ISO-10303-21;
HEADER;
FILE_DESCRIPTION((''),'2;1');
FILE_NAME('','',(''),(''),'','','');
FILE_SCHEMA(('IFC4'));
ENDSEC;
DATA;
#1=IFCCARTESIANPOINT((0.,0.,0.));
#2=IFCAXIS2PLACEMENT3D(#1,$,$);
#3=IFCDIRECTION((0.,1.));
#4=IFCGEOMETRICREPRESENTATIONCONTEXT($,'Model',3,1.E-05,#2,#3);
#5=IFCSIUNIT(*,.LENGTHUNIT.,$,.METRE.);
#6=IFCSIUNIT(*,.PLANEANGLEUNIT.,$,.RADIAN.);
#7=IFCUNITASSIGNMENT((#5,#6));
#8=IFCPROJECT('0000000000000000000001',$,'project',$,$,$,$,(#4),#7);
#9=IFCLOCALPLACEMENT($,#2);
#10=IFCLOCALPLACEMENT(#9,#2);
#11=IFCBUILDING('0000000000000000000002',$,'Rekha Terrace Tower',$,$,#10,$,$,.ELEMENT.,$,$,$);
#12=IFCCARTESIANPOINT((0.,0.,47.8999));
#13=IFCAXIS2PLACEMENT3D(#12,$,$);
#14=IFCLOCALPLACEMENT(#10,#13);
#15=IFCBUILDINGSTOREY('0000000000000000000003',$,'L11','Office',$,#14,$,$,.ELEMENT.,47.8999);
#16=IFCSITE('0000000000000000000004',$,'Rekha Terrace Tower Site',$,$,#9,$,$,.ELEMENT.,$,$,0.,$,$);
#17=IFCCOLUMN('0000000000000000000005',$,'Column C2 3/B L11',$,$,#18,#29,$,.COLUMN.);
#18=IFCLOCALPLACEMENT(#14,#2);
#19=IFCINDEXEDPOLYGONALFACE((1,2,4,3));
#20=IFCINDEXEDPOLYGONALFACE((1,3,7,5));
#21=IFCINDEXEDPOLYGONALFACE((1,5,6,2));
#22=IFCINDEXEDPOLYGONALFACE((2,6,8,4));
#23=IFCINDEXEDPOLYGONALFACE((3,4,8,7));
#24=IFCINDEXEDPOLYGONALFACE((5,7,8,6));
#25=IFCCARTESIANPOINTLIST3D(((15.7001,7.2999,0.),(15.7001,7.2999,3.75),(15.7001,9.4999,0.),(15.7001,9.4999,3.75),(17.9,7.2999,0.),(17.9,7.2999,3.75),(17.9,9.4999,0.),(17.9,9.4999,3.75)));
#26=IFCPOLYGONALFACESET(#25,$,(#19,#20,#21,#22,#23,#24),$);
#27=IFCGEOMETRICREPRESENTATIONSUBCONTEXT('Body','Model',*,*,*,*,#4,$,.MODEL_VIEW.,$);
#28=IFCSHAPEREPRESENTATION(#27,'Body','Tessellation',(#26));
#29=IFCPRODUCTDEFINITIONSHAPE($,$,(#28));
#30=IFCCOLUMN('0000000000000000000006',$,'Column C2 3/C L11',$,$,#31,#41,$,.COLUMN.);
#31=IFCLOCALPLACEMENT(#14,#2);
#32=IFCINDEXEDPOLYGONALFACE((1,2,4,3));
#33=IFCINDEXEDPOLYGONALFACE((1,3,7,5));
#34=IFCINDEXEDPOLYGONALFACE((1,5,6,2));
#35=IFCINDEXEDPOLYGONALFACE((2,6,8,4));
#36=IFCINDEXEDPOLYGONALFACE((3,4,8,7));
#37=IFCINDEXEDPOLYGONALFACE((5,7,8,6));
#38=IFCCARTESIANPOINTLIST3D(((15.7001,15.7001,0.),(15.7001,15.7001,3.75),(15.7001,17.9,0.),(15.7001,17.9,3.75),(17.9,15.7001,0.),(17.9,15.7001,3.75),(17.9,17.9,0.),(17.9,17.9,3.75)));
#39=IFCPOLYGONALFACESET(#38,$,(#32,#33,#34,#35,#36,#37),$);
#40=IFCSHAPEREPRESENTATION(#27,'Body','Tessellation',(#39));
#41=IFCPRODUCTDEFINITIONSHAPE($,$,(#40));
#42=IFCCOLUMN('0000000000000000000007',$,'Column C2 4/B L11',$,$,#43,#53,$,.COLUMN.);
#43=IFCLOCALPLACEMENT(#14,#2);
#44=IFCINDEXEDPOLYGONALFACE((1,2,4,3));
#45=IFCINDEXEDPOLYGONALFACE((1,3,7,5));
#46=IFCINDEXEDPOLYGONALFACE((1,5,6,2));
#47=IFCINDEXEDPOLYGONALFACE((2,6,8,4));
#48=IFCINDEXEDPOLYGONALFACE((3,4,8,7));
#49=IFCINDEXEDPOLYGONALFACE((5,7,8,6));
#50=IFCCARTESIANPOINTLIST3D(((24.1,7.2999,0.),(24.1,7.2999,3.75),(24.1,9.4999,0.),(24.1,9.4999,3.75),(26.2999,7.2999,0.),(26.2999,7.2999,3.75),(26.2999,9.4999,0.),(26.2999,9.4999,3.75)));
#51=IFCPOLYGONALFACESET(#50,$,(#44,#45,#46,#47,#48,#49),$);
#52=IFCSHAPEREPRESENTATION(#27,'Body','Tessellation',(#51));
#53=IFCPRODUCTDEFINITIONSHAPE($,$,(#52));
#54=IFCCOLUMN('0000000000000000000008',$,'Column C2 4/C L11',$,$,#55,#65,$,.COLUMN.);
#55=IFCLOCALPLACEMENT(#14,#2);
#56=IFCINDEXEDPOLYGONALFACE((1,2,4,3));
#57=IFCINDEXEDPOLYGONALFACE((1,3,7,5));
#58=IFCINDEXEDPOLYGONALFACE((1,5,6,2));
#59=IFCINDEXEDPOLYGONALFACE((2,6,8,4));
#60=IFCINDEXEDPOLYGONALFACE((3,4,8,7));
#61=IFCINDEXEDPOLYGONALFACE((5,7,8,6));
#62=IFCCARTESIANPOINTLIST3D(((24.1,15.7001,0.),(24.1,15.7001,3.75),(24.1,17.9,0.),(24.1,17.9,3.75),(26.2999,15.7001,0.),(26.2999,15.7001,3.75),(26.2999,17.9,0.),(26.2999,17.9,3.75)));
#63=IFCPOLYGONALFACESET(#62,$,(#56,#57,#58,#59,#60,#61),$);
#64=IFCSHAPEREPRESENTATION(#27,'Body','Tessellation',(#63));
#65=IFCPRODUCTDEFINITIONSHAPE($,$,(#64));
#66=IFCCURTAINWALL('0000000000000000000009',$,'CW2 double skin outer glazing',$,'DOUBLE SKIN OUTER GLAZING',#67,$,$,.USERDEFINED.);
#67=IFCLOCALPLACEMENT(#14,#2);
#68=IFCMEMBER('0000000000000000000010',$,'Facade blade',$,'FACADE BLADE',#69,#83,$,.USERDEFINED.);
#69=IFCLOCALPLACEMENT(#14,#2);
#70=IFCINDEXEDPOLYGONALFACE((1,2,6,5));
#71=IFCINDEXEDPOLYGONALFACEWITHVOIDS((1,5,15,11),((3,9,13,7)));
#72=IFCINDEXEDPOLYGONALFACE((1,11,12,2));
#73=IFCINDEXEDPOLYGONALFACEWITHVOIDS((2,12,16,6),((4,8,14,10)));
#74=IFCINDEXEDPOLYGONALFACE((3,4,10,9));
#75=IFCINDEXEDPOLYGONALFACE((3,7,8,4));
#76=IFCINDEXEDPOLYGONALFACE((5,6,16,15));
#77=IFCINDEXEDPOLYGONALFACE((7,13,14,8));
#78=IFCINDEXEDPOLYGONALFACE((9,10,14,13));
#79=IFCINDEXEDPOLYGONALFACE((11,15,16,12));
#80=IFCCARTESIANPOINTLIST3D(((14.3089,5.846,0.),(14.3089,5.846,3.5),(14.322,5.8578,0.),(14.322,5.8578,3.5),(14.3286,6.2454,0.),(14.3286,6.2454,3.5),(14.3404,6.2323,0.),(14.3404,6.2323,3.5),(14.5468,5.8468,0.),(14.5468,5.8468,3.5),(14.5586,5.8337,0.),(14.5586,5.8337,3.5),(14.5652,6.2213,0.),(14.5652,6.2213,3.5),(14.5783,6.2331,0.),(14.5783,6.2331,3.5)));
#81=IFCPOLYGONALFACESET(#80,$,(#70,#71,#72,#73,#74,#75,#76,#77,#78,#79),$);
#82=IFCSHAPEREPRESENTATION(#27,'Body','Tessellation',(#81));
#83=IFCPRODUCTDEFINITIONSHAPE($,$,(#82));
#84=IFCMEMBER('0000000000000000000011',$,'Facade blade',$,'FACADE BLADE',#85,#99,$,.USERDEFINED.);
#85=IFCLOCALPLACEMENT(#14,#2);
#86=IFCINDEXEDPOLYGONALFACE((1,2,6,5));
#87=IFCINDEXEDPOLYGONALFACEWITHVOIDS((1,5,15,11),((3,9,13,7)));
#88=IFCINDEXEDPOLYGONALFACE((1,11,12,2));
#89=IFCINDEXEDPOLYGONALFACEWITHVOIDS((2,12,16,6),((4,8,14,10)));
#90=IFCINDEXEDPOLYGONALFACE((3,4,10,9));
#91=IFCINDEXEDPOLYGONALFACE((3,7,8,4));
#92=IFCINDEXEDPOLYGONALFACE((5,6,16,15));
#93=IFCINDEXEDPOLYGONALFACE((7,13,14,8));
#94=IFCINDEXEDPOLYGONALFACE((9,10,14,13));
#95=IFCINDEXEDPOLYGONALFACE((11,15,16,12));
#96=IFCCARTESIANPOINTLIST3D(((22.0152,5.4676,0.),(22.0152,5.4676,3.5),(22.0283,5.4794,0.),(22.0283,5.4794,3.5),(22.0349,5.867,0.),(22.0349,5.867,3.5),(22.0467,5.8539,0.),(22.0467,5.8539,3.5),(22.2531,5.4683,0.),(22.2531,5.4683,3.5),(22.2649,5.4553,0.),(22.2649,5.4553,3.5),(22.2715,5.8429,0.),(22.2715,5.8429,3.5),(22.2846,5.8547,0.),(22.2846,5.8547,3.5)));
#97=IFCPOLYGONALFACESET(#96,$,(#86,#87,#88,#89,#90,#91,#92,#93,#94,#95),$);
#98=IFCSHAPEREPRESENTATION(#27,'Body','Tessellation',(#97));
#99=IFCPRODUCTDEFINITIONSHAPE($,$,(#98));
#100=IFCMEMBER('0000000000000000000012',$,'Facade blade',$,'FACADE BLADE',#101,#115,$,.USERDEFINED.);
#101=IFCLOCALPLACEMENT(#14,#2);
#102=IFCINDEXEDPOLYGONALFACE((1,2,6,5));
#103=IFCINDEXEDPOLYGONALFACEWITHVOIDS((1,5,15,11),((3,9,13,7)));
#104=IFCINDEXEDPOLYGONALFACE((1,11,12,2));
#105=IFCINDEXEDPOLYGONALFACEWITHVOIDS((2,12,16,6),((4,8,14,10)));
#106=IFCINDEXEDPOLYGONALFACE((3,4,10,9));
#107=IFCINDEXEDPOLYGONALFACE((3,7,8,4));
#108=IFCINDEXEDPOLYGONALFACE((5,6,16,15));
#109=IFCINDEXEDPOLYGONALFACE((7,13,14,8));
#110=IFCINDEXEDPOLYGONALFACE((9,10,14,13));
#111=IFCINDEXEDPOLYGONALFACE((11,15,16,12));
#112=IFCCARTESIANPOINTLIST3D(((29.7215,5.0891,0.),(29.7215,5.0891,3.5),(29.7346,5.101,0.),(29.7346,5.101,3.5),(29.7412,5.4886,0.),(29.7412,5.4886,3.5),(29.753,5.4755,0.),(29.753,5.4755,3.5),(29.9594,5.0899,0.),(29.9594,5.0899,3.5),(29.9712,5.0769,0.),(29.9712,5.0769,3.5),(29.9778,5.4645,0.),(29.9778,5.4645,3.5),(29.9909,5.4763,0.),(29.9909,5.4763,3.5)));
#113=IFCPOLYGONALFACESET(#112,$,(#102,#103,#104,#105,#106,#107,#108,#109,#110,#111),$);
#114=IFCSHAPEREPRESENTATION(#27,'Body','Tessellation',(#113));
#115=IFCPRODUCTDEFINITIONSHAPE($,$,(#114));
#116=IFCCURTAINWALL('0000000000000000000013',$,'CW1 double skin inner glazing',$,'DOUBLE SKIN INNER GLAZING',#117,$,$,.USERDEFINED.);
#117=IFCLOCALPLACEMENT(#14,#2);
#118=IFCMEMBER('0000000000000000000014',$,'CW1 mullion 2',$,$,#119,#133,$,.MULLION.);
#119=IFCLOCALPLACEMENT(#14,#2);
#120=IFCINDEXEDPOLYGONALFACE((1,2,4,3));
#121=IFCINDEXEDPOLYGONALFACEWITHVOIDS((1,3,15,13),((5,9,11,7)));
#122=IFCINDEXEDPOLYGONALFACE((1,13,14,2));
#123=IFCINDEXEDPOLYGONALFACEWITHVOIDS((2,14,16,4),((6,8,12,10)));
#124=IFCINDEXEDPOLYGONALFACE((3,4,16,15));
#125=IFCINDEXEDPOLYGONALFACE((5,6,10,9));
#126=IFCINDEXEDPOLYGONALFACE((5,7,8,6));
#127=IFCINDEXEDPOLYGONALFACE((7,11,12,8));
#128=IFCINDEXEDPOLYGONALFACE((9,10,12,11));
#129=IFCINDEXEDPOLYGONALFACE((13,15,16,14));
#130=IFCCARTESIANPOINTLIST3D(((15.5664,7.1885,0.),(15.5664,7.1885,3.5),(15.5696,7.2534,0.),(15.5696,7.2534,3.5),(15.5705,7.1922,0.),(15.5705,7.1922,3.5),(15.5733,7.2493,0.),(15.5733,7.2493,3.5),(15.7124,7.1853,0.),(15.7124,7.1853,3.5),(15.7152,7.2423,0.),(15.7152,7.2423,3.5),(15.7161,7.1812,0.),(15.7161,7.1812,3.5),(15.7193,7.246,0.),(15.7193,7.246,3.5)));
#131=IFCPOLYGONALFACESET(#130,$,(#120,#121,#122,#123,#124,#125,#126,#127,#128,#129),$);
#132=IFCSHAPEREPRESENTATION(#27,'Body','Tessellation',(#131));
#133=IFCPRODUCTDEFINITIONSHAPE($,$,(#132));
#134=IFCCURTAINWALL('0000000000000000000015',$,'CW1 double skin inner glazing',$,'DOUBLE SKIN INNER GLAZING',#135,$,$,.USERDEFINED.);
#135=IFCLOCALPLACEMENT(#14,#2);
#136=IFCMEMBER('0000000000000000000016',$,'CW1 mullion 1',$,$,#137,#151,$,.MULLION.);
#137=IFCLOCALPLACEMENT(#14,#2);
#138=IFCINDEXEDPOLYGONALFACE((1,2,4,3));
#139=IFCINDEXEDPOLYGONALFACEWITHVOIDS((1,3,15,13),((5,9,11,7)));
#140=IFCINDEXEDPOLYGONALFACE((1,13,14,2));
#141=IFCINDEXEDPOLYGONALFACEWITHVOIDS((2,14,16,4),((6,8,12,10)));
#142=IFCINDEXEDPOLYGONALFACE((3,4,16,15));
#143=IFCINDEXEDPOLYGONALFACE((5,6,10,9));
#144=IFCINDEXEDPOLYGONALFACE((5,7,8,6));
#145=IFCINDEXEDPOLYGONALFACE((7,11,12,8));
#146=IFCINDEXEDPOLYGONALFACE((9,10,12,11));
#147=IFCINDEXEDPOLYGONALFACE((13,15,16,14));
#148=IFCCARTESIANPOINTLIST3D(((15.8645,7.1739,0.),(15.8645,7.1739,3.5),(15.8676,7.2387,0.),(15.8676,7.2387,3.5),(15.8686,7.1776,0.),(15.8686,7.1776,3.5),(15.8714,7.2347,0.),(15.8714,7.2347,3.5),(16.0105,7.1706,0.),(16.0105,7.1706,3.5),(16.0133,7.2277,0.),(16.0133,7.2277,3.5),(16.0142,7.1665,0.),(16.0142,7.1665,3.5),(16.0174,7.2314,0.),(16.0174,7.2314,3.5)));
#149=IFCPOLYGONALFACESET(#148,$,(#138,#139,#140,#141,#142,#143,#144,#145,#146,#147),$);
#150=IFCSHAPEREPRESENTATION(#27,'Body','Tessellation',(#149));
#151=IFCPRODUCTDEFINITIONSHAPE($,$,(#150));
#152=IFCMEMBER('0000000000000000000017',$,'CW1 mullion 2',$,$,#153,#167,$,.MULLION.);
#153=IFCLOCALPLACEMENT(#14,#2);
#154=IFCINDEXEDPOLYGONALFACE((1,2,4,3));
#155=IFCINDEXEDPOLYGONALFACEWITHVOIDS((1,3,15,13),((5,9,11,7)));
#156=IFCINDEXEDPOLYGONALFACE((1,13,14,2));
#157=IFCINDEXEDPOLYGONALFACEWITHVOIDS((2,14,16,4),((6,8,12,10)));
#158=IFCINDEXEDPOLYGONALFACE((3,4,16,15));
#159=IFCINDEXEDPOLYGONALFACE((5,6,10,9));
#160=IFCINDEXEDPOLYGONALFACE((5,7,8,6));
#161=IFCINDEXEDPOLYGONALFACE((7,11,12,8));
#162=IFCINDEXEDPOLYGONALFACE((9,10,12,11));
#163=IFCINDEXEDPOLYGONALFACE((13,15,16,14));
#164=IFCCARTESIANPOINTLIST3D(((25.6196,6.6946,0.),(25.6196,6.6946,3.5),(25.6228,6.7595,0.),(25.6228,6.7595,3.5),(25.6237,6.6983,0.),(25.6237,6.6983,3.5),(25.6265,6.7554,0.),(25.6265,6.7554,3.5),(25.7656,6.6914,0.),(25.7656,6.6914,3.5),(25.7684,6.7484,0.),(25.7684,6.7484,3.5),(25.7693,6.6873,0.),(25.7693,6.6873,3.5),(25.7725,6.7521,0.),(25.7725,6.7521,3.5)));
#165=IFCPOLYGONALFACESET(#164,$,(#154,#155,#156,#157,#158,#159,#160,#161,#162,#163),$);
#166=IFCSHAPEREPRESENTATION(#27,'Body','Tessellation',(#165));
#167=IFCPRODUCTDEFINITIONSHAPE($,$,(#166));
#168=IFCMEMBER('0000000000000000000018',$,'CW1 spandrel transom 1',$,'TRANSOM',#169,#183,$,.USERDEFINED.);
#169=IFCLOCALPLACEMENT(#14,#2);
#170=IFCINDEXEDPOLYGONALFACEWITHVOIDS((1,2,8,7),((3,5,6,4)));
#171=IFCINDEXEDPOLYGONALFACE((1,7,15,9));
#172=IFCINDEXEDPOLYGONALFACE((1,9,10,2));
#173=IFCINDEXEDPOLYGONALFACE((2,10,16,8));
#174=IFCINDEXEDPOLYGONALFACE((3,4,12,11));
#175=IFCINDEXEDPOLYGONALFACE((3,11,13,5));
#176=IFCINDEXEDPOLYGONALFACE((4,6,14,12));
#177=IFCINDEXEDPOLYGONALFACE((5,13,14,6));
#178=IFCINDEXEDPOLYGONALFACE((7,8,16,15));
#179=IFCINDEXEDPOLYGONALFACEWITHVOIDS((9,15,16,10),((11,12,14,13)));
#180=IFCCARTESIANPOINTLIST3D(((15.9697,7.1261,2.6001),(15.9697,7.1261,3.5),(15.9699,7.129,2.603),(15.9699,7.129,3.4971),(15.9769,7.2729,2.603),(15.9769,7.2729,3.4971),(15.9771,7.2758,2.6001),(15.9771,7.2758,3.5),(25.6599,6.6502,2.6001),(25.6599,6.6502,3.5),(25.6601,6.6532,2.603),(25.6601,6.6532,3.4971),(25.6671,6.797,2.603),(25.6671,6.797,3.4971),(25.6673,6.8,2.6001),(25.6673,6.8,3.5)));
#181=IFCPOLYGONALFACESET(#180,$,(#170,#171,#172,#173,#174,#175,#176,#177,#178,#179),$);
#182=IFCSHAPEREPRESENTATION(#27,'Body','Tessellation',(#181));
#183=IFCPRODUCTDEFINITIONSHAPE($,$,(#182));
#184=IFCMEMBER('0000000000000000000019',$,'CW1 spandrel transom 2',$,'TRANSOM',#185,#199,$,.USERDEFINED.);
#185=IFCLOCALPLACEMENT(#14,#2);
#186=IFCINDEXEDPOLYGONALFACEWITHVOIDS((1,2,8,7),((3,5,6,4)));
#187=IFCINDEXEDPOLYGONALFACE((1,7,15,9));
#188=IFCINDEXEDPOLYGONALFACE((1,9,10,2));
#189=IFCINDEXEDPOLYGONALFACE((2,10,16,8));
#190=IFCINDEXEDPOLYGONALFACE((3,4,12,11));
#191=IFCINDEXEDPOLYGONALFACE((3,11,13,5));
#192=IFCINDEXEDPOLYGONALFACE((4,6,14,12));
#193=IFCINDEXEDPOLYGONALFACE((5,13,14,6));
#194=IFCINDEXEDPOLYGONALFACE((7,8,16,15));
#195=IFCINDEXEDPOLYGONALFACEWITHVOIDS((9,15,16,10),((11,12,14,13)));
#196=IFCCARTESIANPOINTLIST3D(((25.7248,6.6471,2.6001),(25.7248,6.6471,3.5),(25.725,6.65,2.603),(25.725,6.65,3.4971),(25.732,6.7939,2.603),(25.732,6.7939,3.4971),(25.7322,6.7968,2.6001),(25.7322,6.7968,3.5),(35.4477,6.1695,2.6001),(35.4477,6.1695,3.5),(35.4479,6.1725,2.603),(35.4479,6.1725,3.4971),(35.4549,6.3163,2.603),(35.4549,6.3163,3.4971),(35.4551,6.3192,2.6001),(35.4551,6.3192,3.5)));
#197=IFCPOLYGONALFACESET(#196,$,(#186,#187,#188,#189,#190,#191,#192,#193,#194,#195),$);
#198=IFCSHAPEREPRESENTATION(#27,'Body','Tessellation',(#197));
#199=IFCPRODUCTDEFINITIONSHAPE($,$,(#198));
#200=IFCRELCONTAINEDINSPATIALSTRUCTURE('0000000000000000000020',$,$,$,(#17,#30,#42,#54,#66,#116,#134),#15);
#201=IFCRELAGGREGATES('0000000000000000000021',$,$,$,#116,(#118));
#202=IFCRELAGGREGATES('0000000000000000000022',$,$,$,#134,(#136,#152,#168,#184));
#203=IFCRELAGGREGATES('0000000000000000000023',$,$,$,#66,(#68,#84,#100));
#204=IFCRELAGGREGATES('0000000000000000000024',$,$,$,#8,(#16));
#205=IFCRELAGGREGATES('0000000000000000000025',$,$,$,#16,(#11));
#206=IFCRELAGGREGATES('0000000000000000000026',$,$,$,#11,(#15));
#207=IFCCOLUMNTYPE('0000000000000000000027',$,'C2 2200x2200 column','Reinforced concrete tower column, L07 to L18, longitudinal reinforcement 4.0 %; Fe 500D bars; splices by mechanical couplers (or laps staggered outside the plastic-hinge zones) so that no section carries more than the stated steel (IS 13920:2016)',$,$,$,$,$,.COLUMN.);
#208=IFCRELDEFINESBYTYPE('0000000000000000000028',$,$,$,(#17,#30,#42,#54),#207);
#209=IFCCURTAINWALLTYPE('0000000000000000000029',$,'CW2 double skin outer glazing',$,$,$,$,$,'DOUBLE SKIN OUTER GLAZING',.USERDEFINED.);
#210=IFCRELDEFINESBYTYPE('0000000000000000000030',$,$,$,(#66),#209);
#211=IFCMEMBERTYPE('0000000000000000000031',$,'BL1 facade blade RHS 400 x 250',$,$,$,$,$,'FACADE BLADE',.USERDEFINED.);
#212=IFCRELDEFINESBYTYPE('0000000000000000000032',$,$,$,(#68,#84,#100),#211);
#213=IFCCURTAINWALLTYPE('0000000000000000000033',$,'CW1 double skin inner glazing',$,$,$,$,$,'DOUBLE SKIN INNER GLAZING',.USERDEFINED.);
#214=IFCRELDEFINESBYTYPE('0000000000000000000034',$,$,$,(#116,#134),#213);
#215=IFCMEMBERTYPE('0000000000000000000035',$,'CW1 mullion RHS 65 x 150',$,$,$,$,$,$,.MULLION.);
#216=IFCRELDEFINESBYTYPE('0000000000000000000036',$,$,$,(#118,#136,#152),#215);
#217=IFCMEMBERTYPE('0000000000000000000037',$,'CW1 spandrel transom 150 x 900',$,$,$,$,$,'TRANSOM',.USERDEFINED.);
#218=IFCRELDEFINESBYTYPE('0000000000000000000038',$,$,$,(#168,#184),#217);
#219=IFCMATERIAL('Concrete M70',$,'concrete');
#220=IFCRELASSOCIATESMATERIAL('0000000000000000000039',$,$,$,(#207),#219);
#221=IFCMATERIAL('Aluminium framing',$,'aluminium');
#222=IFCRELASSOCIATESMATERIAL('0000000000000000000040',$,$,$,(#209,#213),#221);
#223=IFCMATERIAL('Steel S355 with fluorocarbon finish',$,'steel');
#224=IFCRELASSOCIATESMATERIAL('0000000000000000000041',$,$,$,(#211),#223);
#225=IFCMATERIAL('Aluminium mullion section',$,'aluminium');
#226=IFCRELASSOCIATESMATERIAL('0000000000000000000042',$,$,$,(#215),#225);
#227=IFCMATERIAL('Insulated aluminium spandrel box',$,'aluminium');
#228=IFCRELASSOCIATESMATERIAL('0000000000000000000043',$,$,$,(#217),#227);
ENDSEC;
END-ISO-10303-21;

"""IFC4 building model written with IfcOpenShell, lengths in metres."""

from ifc_helpers import new_model, si_unit, direction, frame, origin, origin_2d, place, context, subcontext, project, spatial, rectangle, hollow_rectangle, extrude, material, material_profile, profile_set, type_object, element, aggregate, save


model = new_model("IFC4")

# Units and contexts
model_context = context("Model", 3, precision=1e-05, world=origin(), true_north=direction((0.0, 1.0)))
body_context = subcontext(model_context, "Body", "Model", "MODEL_VIEW")
ifc_project = project(units=[si_unit("LENGTHUNIT", "METRE"), si_unit("PLANEANGLEUNIT", "RADIAN")], contexts=[model_context])

# Site, building, storey
site_placement = place(None, origin())
site = spatial("IfcSite", under=ifc_project, at=site_placement, Name="Rekha Terrace Tower Site", CompositionType="ELEMENT", RefElevation=0.0)
building_placement = place(site_placement, origin())
building = spatial("IfcBuilding", under=site, at=building_placement, Name="Rekha Terrace Tower", CompositionType="ELEMENT")
storey_placement = place(building_placement, frame((0.0, 0.0, 47.8999)))
storey = spatial("IfcBuildingStorey", under=building, at=storey_placement, Name="L11", Description="Office", CompositionType="ELEMENT", Elevation=47.8999)

# Columns
ifc_material_1 = material(Name="Concrete M70", Category="concrete")
ifc_material_profile_1 = material_profile(ifc_material_1, rectangle(XDim=2.2, YDim=2.2, at=origin_2d()), Name="RC 2200x2200")
ifc_profile_set_1 = profile_set([ifc_material_profile_1], Name="Concrete M70")
column_type = type_object("IfcColumnType", Name="C2 2200x2200 column", Description="Reinforced concrete tower column, L07 to L18, longitudinal reinforcement 4.0 %; Fe 500D bars; splices by mechanical couplers (or laps staggered outside the plastic-hinge zones) so that no section carries more than the stated steel (IS 13920:2016)", PredefinedType="COLUMN", material=ifc_profile_set_1)
for number, where, z_axis, x_axis, name in (
    (1, (16.8, 8.3999, 0.0), (0.0, 0.0, 1.0), (1.0, 0.0, 0.0), "Column C2 3/B L11"),
    (2, (16.8, 16.8, 0.0), (0.0, 0.0, 1.0), (1.0, 0.0, 0.0), "Column C2 3/C L11"),
    (3, (25.2, 8.3999, 0.0), (0.0, 0.0, 1.0), (1.0, 0.0, 0.0), "Column C2 4/B L11"),
    (4, (25.2, 16.8, 0.0), (0.0, 0.0, 1.0), (1.0, 0.0, 0.0), "Column C2 4/C L11"),
):
    element("IfcColumn", number, at=place(storey_placement, frame(where, z_axis=z_axis, x_axis=x_axis)), inside=storey, type_object=column_type, Name=name, PredefinedType="COLUMN", context=body_context, shape_type="SweptSolid", body=[
        extrude(rectangle(XDim=2.2, YDim=2.2, at=origin_2d()), origin(), (0.0, 0.0, 1.0), 3.75),
    ])

# Curtain wall, members
ifc_material_2 = material(Name="Aluminium framing", Category="aluminium")
curtain_wall_type_1 = type_object("IfcCurtainWallType", Name="CW2 double skin outer glazing", ElementType="DOUBLE SKIN OUTER GLAZING", PredefinedType="USERDEFINED", material=ifc_material_2)
curtain_wall_1_placement = place(storey_placement, origin())
curtain_wall_1 = element("IfcCurtainWall", 5, at=curtain_wall_1_placement, inside=storey, type_object=curtain_wall_type_1, Name="CW2 double skin outer glazing", ObjectType="DOUBLE SKIN OUTER GLAZING", PredefinedType="USERDEFINED")
ifc_material_3 = material(Name="Steel S355 with fluorocarbon finish", Category="steel")
ifc_material_profile_2 = material_profile(ifc_material_3, hollow_rectangle(XDim=0.25, YDim=0.3999, WallThickness=0.0125, at=origin_2d()), Name="RHS400x250x12.5")
ifc_profile_set_2 = profile_set([ifc_material_profile_2], Name="Steel S355 with fluorocarbon finish")
member_type_1 = type_object("IfcMemberType", Name="BL1 facade blade RHS 400 x 250", ElementType="FACADE BLADE", PredefinedType="USERDEFINED", material=ifc_profile_set_2)
member_1_placement = place(storey_placement, frame((14.4436, 6.0396, 0.0), z_axis=(0.0, 0.0, 1.0), x_axis=(0.998796, -0.049052, 0.0)))
member_1 = element("IfcMember", 6, at=member_1_placement, type_object=member_type_1, Name="Facade blade", ObjectType="FACADE BLADE", PredefinedType="USERDEFINED", context=body_context, shape_type="SweptSolid", body=[
    extrude(hollow_rectangle(XDim=0.25, YDim=0.3999, WallThickness=0.0125, at=origin_2d()), origin(), (0.0, 0.0, 1.0), 3.5),
])
member_2_placement = place(storey_placement, frame((22.1499, 5.6611, 0.0), z_axis=(0.0, 0.0, 1.0), x_axis=(0.998796, -0.049052, 0.0)))
member_2 = element("IfcMember", 7, at=member_2_placement, type_object=member_type_1, Name="Facade blade", ObjectType="FACADE BLADE", PredefinedType="USERDEFINED", context=body_context, shape_type="SweptSolid", body=[
    extrude(hollow_rectangle(XDim=0.25, YDim=0.3999, WallThickness=0.0125, at=origin_2d()), origin(), (0.0, 0.0, 1.0), 3.5),
])
member_3_placement = place(storey_placement, frame((29.8562, 5.2827, 0.0), z_axis=(0.0, 0.0, 1.0), x_axis=(0.998796, -0.049052, 0.0)))
member_3 = element("IfcMember", 8, at=member_3_placement, type_object=member_type_1, Name="Facade blade", ObjectType="FACADE BLADE", PredefinedType="USERDEFINED", context=body_context, shape_type="SweptSolid", body=[
    extrude(hollow_rectangle(XDim=0.25, YDim=0.3999, WallThickness=0.0125, at=origin_2d()), origin(), (0.0, 0.0, 1.0), 3.5),
])

# Curtain wall, member
curtain_wall_type_2 = type_object("IfcCurtainWallType", Name="CW1 double skin inner glazing", ElementType="DOUBLE SKIN INNER GLAZING", PredefinedType="USERDEFINED", material=ifc_material_2)
curtain_wall_2_placement = place(storey_placement, origin())
curtain_wall_2 = element("IfcCurtainWall", 9, at=curtain_wall_2_placement, inside=storey, type_object=curtain_wall_type_2, Name="CW1 double skin inner glazing", ObjectType="DOUBLE SKIN INNER GLAZING", PredefinedType="USERDEFINED")
ifc_material_4 = material(Name="Aluminium mullion section", Category="aluminium")
ifc_material_profile_3 = material_profile(ifc_material_4, hollow_rectangle(XDim=0.0649, YDim=0.1499, WallThickness=0.0039, at=origin_2d()), Name="AL RHS 65x150")
ifc_profile_set_3 = profile_set([ifc_material_profile_3], Name="Aluminium mullion section")
member_type_2 = type_object("IfcMemberType", Name="CW1 mullion RHS 65 x 150", PredefinedType="MULLION", material=ifc_profile_set_3)
member_4_placement = place(storey_placement, frame((15.6428, 7.2173, 0.0), z_axis=(0.0, 0.0, 1.0), x_axis=(0.049052, 0.998796, 0.0)))
member_4 = element("IfcMember", 10, at=member_4_placement, type_object=member_type_2, Name="CW1 mullion 2", PredefinedType="MULLION", context=body_context, shape_type="SweptSolid", body=[
    extrude(hollow_rectangle(XDim=0.0649, YDim=0.1499, WallThickness=0.0039, at=origin_2d()), origin(), (0.0, 0.0, 1.0), 3.5),
])

# Curtain wall, members
curtain_wall_3_placement = place(storey_placement, origin())
curtain_wall_3 = element("IfcCurtainWall", 11, at=curtain_wall_3_placement, inside=storey, type_object=curtain_wall_type_2, Name="CW1 double skin inner glazing", ObjectType="DOUBLE SKIN INNER GLAZING", PredefinedType="USERDEFINED")
member_5_placement = place(storey_placement, frame((15.9409, 7.2026, 0.0), z_axis=(0.0, 0.0, 1.0), x_axis=(0.049052, 0.998796, 0.0)))
member_5 = element("IfcMember", 12, at=member_5_placement, type_object=member_type_2, Name="CW1 mullion 1", PredefinedType="MULLION", context=body_context, shape_type="SweptSolid", body=[
    extrude(hollow_rectangle(XDim=0.0649, YDim=0.1499, WallThickness=0.0039, at=origin_2d()), origin(), (0.0, 0.0, 1.0), 3.5),
])
member_6_placement = place(storey_placement, frame((25.696, 6.7234, 0.0), z_axis=(0.0, 0.0, 1.0), x_axis=(0.049052, 0.998796, 0.0)))
member_6 = element("IfcMember", 13, at=member_6_placement, type_object=member_type_2, Name="CW1 mullion 2", PredefinedType="MULLION", context=body_context, shape_type="SweptSolid", body=[
    extrude(hollow_rectangle(XDim=0.0649, YDim=0.1499, WallThickness=0.0039, at=origin_2d()), origin(), (0.0, 0.0, 1.0), 3.5),
])
ifc_material_5 = material(Name="Insulated aluminium spandrel box", Category="aluminium")
ifc_material_profile_4 = material_profile(ifc_material_5, hollow_rectangle(XDim=0.1499, YDim=0.8999, WallThickness=0.0029, at=origin_2d()), Name="AL SPANDREL BOX 150x900")
ifc_profile_set_4 = profile_set([ifc_material_profile_4], Name="Insulated aluminium spandrel box")
member_type_3 = type_object("IfcMemberType", Name="CW1 spandrel transom 150 x 900", ElementType="TRANSOM", PredefinedType="USERDEFINED", material=ifc_profile_set_4)
member_7_placement = place(storey_placement, frame((15.9734, 7.2009, 3.05), z_axis=(0.998797, -0.049045, 0.0), x_axis=(0.049045, 0.998797, 0.0)))
member_7 = element("IfcMember", 14, at=member_7_placement, type_object=member_type_3, Name="CW1 spandrel transom 1", ObjectType="TRANSOM", PredefinedType="USERDEFINED", context=body_context, shape_type="SweptSolid", body=[
    extrude(hollow_rectangle(XDim=0.1499, YDim=0.8999, WallThickness=0.0029, at=origin_2d()), origin(), (0.0, 0.0, 1.0), 9.7019),
])
member_8_placement = place(storey_placement, frame((25.7285, 6.7219, 3.05), z_axis=(0.998796, -0.049056, 0.0), x_axis=(0.049056, 0.998796, 0.0)))
member_8 = element("IfcMember", 15, at=member_8_placement, type_object=member_type_3, Name="CW1 spandrel transom 2", ObjectType="TRANSOM", PredefinedType="USERDEFINED", context=body_context, shape_type="SweptSolid", body=[
    extrude(hollow_rectangle(XDim=0.1499, YDim=0.8999, WallThickness=0.0029, at=origin_2d()), origin(), (0.0, 0.0, 1.0), 9.7346),
])

aggregate(curtain_wall_2, [member_4])
aggregate(curtain_wall_3, [member_5, member_6, member_7, member_8])
aggregate(curtain_wall_1, [member_1, member_2, member_3])

save(model, "model.ifc")
